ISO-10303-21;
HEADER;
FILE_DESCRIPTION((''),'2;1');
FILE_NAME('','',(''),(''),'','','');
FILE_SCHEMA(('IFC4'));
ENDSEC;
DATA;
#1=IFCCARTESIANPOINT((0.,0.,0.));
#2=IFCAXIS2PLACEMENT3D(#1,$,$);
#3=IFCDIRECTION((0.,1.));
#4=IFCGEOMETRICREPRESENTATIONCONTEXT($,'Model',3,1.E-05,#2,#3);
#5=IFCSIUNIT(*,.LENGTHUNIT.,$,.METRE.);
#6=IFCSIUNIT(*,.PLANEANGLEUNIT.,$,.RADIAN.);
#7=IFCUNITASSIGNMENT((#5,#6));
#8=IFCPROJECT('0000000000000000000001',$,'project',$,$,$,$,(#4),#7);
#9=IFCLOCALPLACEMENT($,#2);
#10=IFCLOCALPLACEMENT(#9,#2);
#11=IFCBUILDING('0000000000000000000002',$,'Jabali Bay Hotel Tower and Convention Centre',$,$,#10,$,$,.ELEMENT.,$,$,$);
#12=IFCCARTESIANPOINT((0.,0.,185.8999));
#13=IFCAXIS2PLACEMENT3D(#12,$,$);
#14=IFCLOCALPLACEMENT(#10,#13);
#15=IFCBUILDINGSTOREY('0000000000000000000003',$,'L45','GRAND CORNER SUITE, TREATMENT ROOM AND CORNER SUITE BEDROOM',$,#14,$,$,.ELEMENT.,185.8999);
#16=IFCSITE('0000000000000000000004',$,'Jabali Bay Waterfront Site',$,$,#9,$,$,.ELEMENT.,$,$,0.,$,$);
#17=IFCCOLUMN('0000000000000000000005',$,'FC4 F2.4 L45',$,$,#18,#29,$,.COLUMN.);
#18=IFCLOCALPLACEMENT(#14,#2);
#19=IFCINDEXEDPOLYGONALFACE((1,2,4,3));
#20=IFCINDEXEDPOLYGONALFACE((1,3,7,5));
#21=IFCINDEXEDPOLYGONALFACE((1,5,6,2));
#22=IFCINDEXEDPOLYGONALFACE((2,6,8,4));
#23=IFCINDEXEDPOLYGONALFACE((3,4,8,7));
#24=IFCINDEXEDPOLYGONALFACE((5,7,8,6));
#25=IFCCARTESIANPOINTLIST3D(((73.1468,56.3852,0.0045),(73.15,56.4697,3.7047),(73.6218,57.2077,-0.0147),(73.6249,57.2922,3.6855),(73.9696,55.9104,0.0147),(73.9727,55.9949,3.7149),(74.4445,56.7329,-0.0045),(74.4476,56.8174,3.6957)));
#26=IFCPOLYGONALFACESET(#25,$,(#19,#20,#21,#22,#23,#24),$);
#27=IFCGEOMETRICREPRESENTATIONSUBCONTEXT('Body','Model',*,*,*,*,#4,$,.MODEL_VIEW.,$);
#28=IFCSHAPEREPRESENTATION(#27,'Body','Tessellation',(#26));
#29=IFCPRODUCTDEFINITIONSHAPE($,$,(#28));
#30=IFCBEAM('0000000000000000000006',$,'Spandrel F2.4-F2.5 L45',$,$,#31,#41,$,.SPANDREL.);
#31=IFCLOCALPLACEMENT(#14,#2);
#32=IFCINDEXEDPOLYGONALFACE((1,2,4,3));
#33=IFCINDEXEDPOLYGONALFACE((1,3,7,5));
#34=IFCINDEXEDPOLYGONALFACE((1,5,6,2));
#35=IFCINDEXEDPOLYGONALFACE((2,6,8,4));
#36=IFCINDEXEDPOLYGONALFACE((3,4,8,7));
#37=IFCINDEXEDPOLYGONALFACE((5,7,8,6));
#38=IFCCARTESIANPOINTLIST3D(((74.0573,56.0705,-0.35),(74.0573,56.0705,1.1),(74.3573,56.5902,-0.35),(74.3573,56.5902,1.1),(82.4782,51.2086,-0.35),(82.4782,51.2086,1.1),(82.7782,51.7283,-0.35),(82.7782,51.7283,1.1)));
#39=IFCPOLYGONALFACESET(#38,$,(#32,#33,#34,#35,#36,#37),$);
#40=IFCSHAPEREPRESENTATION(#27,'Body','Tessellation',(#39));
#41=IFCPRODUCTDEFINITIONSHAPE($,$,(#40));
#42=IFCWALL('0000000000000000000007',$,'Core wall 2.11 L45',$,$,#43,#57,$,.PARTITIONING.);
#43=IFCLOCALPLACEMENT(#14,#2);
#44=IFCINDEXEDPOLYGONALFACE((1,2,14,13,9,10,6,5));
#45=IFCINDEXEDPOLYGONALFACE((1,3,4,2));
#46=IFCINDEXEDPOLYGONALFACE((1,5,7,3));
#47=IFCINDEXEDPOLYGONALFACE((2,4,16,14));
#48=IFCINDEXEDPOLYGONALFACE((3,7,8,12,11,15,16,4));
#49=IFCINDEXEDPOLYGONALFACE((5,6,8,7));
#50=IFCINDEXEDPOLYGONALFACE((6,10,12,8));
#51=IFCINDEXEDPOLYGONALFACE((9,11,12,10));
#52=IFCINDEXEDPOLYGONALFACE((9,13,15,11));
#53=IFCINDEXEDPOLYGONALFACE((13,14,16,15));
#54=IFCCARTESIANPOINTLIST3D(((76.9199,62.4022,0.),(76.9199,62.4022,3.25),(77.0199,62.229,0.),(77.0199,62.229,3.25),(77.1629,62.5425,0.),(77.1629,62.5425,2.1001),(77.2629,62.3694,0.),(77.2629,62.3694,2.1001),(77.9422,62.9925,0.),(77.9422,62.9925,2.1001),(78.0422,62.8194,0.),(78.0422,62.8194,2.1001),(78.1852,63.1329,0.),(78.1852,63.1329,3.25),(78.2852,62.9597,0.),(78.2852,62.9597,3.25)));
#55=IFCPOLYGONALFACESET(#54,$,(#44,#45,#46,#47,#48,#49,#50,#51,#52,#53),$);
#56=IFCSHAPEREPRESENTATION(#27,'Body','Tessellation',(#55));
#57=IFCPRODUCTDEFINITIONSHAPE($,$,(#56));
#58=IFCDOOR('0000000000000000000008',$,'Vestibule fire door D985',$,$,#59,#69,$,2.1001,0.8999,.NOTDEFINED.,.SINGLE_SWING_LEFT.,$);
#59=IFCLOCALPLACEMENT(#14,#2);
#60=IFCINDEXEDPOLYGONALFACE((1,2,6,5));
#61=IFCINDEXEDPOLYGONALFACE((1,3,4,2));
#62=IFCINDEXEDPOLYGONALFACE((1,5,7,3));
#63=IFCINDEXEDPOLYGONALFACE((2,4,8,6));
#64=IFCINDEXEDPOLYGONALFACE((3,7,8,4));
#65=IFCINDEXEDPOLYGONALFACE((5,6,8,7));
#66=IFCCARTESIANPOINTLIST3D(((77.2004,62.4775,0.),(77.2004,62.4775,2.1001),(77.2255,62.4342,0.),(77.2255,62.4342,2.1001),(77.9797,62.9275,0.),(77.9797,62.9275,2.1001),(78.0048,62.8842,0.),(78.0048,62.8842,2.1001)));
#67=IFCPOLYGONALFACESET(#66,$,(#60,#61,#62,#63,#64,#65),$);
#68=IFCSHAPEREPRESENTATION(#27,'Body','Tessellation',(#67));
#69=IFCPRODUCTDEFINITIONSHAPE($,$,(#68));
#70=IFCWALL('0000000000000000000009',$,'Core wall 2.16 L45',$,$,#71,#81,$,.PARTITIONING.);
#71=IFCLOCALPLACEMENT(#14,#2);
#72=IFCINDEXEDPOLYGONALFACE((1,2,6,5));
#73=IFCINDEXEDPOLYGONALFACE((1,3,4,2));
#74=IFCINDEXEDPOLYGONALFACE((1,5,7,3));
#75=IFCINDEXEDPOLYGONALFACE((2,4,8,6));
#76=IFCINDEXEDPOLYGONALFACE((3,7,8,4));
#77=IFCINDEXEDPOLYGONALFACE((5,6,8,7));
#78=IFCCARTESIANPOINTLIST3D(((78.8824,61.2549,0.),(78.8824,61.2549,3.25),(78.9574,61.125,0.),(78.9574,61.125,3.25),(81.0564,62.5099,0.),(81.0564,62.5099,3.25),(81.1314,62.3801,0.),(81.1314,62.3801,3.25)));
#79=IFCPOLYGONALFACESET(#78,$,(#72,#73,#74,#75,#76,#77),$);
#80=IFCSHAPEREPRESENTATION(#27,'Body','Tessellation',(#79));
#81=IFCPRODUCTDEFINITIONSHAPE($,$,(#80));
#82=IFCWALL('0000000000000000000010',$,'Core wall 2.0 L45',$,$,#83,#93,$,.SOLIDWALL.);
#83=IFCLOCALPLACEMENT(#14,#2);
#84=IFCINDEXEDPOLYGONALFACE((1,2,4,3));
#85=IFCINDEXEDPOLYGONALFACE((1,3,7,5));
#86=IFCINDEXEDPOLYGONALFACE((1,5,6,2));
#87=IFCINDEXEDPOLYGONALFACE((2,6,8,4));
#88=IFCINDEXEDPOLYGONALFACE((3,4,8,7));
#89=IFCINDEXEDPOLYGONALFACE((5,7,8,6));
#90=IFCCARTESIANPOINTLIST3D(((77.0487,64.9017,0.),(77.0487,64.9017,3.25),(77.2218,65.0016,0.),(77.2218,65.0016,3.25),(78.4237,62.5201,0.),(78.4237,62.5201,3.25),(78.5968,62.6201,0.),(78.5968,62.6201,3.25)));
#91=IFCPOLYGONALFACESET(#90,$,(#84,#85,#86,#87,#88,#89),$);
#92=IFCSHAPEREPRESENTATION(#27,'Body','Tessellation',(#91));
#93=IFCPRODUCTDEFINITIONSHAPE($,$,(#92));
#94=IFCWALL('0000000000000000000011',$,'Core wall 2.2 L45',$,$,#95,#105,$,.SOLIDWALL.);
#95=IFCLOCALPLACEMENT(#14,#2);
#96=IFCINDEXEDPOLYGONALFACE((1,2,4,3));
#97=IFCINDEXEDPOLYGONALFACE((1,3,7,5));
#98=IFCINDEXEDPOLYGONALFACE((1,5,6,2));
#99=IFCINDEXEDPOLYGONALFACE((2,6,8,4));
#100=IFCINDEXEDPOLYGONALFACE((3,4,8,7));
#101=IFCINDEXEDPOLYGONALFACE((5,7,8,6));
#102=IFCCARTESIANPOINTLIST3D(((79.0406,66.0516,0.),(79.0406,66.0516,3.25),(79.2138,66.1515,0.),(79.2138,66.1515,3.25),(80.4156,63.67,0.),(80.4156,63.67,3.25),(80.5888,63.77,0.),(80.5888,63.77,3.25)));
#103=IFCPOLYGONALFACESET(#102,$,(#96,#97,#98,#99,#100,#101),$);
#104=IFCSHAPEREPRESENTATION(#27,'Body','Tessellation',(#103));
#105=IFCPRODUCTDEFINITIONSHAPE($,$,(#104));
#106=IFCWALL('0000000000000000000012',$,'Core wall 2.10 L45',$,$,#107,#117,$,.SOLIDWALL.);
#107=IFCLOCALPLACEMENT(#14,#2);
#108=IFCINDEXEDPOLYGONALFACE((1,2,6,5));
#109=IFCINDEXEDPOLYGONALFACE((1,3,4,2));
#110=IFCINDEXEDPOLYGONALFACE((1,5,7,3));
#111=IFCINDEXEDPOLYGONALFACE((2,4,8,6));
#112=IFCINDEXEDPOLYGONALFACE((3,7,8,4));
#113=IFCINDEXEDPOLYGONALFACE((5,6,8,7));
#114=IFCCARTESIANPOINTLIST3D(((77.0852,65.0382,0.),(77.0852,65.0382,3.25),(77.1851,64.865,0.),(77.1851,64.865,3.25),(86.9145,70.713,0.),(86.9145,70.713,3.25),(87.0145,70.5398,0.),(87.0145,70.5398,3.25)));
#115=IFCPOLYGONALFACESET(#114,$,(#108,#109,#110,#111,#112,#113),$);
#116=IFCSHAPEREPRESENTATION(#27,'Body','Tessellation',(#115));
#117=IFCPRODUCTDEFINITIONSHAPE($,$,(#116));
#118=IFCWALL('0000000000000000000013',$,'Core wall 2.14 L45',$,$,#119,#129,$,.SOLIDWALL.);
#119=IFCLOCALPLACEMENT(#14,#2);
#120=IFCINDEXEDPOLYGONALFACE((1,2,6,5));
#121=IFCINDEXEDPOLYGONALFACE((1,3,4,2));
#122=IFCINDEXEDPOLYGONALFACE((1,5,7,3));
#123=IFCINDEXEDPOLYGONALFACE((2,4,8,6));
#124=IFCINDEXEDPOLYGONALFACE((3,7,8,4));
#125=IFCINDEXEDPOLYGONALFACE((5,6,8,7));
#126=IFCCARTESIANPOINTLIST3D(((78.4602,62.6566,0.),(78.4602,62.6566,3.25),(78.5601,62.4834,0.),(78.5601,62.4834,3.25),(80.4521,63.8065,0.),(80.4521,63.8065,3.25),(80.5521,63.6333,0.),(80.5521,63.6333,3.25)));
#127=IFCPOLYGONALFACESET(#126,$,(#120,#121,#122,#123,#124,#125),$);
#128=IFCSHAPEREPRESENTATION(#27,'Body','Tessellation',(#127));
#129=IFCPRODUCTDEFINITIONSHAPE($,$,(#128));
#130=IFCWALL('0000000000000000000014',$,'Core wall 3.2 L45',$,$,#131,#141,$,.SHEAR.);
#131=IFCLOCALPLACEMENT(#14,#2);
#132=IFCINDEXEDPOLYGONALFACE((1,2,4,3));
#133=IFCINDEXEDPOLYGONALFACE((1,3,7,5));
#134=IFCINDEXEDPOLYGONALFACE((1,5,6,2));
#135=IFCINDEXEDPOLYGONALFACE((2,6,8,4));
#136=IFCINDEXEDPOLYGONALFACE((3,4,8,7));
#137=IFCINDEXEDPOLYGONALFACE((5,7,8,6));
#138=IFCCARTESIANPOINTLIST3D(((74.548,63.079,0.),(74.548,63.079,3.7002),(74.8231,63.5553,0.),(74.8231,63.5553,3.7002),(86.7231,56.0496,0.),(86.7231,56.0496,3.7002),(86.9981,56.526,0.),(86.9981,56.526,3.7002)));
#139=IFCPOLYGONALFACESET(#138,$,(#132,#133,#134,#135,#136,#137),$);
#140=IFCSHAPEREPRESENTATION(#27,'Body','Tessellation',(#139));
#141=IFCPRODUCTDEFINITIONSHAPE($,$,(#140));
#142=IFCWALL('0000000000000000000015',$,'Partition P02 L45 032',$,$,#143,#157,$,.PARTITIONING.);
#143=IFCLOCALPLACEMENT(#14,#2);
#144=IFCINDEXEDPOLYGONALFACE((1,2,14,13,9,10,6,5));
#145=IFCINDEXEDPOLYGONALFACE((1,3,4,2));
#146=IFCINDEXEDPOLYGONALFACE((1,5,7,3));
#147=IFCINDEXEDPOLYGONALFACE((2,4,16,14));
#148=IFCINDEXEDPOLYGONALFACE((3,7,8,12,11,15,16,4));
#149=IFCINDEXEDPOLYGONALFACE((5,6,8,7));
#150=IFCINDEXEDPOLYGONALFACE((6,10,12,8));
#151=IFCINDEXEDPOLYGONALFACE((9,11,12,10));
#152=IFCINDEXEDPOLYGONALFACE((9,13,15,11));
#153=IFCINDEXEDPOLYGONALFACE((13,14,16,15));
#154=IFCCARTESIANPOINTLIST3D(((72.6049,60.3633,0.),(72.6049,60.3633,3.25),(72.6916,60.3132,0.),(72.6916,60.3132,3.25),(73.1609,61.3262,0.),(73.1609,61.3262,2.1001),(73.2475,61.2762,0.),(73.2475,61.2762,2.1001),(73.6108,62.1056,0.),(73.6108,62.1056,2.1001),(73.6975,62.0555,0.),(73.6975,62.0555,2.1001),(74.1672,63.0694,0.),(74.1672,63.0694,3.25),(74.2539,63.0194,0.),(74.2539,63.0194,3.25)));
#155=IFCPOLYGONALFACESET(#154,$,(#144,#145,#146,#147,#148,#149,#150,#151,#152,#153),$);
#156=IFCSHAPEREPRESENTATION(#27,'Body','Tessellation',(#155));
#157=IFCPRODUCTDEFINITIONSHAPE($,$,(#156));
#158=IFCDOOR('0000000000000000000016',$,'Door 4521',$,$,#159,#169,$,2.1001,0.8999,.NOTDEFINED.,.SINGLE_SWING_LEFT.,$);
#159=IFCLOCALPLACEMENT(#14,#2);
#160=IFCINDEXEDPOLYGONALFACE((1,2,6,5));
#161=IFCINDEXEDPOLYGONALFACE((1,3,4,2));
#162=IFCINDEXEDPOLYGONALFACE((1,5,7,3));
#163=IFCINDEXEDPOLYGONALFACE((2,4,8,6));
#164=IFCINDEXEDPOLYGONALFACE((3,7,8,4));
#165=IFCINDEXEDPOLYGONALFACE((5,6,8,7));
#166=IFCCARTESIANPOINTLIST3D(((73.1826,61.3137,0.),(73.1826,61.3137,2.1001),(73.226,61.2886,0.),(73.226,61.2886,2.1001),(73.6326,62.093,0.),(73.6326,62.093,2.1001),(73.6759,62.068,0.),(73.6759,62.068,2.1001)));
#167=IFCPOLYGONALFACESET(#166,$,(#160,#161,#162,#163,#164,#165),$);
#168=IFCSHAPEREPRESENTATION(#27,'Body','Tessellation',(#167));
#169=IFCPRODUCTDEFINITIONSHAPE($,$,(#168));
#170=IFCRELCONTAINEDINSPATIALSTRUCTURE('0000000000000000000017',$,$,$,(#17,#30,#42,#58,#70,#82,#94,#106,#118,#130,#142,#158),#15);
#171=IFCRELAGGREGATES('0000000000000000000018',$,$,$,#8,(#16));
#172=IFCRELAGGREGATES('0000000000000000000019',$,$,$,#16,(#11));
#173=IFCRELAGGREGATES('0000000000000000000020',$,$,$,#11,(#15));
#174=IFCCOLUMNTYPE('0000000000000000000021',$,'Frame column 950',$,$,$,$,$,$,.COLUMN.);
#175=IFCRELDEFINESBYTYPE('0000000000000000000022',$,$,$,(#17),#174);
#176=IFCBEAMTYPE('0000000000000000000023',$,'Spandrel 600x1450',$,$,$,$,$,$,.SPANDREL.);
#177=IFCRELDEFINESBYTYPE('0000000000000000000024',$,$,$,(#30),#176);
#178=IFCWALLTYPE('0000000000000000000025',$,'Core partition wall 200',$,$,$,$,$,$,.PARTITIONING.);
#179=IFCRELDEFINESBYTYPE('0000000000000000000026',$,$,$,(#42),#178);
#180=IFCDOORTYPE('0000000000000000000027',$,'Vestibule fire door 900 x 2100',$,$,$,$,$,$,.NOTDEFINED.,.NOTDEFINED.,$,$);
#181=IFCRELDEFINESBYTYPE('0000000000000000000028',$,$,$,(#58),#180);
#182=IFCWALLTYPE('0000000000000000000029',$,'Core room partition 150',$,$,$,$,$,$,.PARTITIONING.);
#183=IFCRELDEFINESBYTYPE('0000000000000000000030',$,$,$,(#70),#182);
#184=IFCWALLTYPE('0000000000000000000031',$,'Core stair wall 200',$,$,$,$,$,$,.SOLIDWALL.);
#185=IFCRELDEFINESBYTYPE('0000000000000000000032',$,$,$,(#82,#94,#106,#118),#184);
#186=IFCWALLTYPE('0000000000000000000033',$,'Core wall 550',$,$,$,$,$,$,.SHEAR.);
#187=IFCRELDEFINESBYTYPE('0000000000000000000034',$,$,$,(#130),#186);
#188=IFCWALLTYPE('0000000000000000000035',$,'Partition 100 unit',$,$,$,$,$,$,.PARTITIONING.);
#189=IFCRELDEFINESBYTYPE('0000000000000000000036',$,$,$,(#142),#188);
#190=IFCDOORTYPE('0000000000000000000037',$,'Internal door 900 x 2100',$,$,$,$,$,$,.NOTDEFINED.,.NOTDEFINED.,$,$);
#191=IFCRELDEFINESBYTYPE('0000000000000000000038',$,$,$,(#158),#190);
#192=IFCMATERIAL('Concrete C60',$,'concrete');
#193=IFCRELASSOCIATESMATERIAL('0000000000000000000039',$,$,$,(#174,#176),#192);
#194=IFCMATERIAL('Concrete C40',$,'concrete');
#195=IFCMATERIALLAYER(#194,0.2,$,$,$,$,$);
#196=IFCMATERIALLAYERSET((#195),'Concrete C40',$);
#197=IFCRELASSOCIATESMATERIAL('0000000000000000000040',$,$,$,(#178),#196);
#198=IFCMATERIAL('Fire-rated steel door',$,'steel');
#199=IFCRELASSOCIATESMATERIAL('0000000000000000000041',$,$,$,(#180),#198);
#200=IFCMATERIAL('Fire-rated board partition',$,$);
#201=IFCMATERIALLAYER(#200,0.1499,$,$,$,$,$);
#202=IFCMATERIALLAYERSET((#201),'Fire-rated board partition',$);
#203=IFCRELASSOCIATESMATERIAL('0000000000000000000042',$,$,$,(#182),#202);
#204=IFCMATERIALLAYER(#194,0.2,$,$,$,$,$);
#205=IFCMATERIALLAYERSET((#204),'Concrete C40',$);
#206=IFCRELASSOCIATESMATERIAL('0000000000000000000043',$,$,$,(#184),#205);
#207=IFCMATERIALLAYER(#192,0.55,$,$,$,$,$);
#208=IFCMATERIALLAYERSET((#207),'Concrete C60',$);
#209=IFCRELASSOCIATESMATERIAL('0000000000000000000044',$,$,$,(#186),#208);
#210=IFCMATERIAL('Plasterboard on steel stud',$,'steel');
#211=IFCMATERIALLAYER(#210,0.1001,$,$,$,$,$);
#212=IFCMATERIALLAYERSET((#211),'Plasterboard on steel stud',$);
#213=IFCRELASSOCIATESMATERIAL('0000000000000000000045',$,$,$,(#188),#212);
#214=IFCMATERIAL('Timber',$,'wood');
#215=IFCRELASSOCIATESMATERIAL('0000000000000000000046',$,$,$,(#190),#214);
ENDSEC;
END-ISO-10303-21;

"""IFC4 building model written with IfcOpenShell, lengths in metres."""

from ifc_helpers import new_model, si_unit, direction, frame, frame_2d, origin, origin_2d, place, context, subcontext, project, spatial, rectangle, extrude, material, layer, layer_set, material_profile, profile_set, type_object, element, fill, save


model = new_model("IFC4")

# Units and contexts
model_context = context("Model", 3, precision=1e-05, world=origin(), true_north=direction((0.0, 1.0)))
body_context = subcontext(model_context, "Body", "Model", "MODEL_VIEW")
ifc_project = project(units=[si_unit("LENGTHUNIT", "METRE"), si_unit("PLANEANGLEUNIT", "RADIAN")], contexts=[model_context])

# Site, building, storey
site_placement = place(None, origin())
site = spatial("IfcSite", under=ifc_project, at=site_placement, Name="Jabali Bay Waterfront Site", CompositionType="ELEMENT", RefElevation=0.0)
building_placement = place(site_placement, origin())
building = spatial("IfcBuilding", under=site, at=building_placement, Name="Jabali Bay Hotel Tower and Convention Centre", CompositionType="ELEMENT")
storey_placement = place(building_placement, frame((0.0, 0.0, 185.8999)))
storey = spatial("IfcBuildingStorey", under=building, at=storey_placement, Name="L45", Description="GRAND CORNER SUITE, TREATMENT ROOM AND CORNER SUITE BEDROOM", CompositionType="ELEMENT", Elevation=185.8999)

# Column
ifc_material_1 = material(Name="Concrete C60", Category="concrete")
ifc_material_profile_1 = material_profile(ifc_material_1, rectangle(XDim=0.95, YDim=0.95, at=origin_2d()), Name="Frame column 950")
ifc_profile_set_1 = profile_set([ifc_material_profile_1], Name="Concrete C60")
column_type = type_object("IfcColumnType", Name="Frame column 950", PredefinedType="COLUMN", material=ifc_profile_set_1)
column_placement = place(storey_placement, frame((73.7957, 56.5591, 0.0), z_axis=(0.000858, 0.022823, 0.999739), x_axis=(-0.499939, -0.865825, 0.020195)))
element("IfcColumn", 1, at=column_placement, inside=storey, type_object=column_type, Name="FC4 F2.4 L45", PredefinedType="COLUMN", context=body_context, shape_type="SweptSolid", body=[
    extrude(rectangle(XDim=0.95, YDim=0.95, at=origin_2d()), origin(), (0.0, 0.0, 1.0), 3.7012),
])

# Beam
ifc_material_profile_2 = material_profile(ifc_material_1, rectangle(XDim=0.6001, YDim=1.45, at=origin_2d()), Name="Spandrel 600x1450")
ifc_profile_set_2 = profile_set([ifc_material_profile_2], Name="Concrete C60")
beam_type = type_object("IfcBeamType", Name="Spandrel 600x1450", PredefinedType="SPANDREL", material=ifc_profile_set_2)
beam_placement = place(storey_placement, frame((74.2073, 56.3303, 0.375), z_axis=(0.866025, -0.500001, 0.0), x_axis=(0.500001, 0.866025, 0.0)))
element("IfcBeam", 2, at=beam_placement, inside=storey, type_object=beam_type, Name="Spandrel F2.4-F2.5 L45", PredefinedType="SPANDREL", context=body_context, shape_type="SweptSolid", body=[
    extrude(rectangle(XDim=0.6001, YDim=1.45, at=origin_2d()), origin(), (0.0, 0.0, 1.0), 9.7236),
])

# Wall, opening, door
ifc_material_2 = material(Name="Concrete C40", Category="concrete")
ifc_layer_1 = layer(ifc_material_2, 0.2)
ifc_layer_set_1 = layer_set([ifc_layer_1], Name="Concrete C40")
wall_type_1 = type_object("IfcWallType", Name="Core partition wall 200", PredefinedType="PARTITIONING", material=ifc_layer_set_1)
wall_1_placement = place(storey_placement, frame((76.97, 62.3157, 0.0), z_axis=(0.0, 0.0, 1.0), x_axis=(0.865982, 0.500074, 0.0)))
wall_1 = element("IfcWall", 3, at=wall_1_placement, inside=storey, type_object=wall_type_1, Name="Core wall 2.11 L45", PredefinedType="PARTITIONING", context=body_context, shape_type="SweptSolid", body=[
    extrude(rectangle(XDim=1.4612, YDim=0.2, at=frame_2d((0.7305, 0.0))), origin(), (0.0, 0.0, 1.0), 3.25),
])
opening_1_placement = place(wall_1_placement, frame((0.2805, 0.0, 0.0)))
opening_1 = element("IfcOpeningElement", 4, at=opening_1_placement, cuts=wall_1, PredefinedType="OPENING", context=body_context, shape_type="SweptSolid", body=[
    extrude(rectangle(XDim=0.8999, YDim=2.1001, at=frame_2d((0.45, 1.05))), frame((0.0, 0.1104, 0.0), z_axis=(0.0, -1.0, 0.0), x_axis=(1.0, 0.0, 0.0)), (0.0, 0.0, 1.0), 0.2209),
])
ifc_material_3 = material(Name="Fire-rated steel door", Category="steel")
door_type_1 = type_object("IfcDoorType", Name="Vestibule fire door 900 x 2100", OperationType="NOTDEFINED", PredefinedType="NOTDEFINED", material=ifc_material_3)
door_1_placement = place(opening_1_placement, origin())
door_1 = element("IfcDoor", 5, at=door_1_placement, inside=storey, type_object=door_type_1, Name="Vestibule fire door D985", OperationType="SINGLE_SWING_LEFT", OverallHeight=2.1001, OverallWidth=0.8999, PredefinedType="NOTDEFINED", context=body_context, shape_type="SweptSolid", body=[
    extrude(rectangle(XDim=0.8999, YDim=2.1001, at=frame_2d((0.45, 1.05))), frame((0.0, 0.0249, 0.0), z_axis=(0.0, -1.0, 0.0), x_axis=(1.0, 0.0, 0.0)), (0.0, 0.0, 1.0), 0.05),
])
fill(opening_1, door_1)

# Walls
ifc_material_4 = material(Name="Fire-rated board partition")
ifc_layer_2 = layer(ifc_material_4, 0.1499)
ifc_layer_set_2 = layer_set([ifc_layer_2], Name="Fire-rated board partition")
wall_type_2 = type_object("IfcWallType", Name="Core room partition 150", PredefinedType="PARTITIONING", material=ifc_layer_set_2)
wall_2_placement = place(storey_placement, frame((78.9199, 61.1899, 0.0), z_axis=(0.0, 0.0, 1.0), x_axis=(0.866038, 0.499978, 0.0)))
element("IfcWall", 6, at=wall_2_placement, inside=storey, type_object=wall_type_2, Name="Core wall 2.16 L45", PredefinedType="PARTITIONING", context=body_context, shape_type="SweptSolid", body=[
    extrude(rectangle(XDim=2.5103, YDim=0.1499, at=frame_2d((1.2551, 0.0))), origin(), (0.0, 0.0, 1.0), 3.25),
])
ifc_layer_3 = layer(ifc_material_2, 0.2)
ifc_layer_set_3 = layer_set([ifc_layer_3], Name="Concrete C40")
wall_type_3 = type_object("IfcWallType", Name="Core stair wall 200", PredefinedType="SOLIDWALL", material=ifc_layer_set_3)
for number, where, z_axis, x_axis, name in (
    (7, (77.1353, 64.9517, 0.0), (0.0, 0.0, 1.0), (0.499997, -0.866027, 0.0), "Core wall 2.0 L45"),
    (8, (79.1272, 66.1016, 0.0), (0.0, 0.0, 1.0), (0.499997, -0.866027, 0.0), "Core wall 2.2 L45"),
):
    element("IfcWall", number, at=place(storey_placement, frame(where, z_axis=z_axis, x_axis=x_axis)), inside=storey, type_object=wall_type_3, Name=name, PredefinedType="SOLIDWALL", context=body_context, shape_type="SweptSolid", body=[
        extrude(rectangle(XDim=2.75, YDim=0.2, at=frame_2d((1.375, 0.0))), origin(), (0.0, 0.0, 1.0), 3.25),
    ])
wall_3_placement = place(storey_placement, frame((77.1353, 64.9517, 0.0), z_axis=(0.0, 0.0, 1.0), x_axis=(0.866032, 0.499989, 0.0)))
element("IfcWall", 9, at=wall_3_placement, inside=storey, type_object=wall_type_3, Name="Core wall 2.10 L45", PredefinedType="SOLIDWALL", context=body_context, shape_type="SweptSolid", body=[
    extrude(rectangle(XDim=11.3499, YDim=0.2, at=frame_2d((5.6748, 0.0))), origin(), (0.0, 0.0, 1.0), 3.25),
])
wall_4_placement = place(storey_placement, frame((78.5103, 62.5701, 0.0), z_axis=(0.0, 0.0, 1.0), x_axis=(0.866053, 0.499952, 0.0)))
element("IfcWall", 10, at=wall_4_placement, inside=storey, type_object=wall_type_3, Name="Core wall 2.14 L45", PredefinedType="SOLIDWALL", context=body_context, shape_type="SweptSolid", body=[
    extrude(rectangle(XDim=2.3, YDim=0.2, at=frame_2d((1.1499, 0.0))), origin(), (0.0, 0.0, 1.0), 3.25),
])
ifc_layer_4 = layer(ifc_material_1, 0.55)
ifc_layer_set_4 = layer_set([ifc_layer_4], Name="Concrete C60")
wall_type_4 = type_object("IfcWallType", Name="Core wall 550", PredefinedType="SHEAR", material=ifc_layer_set_4)
wall_5_placement = place(storey_placement, frame((74.6855, 63.3171, 0.0), z_axis=(0.0, 0.0, 1.0), x_axis=(0.866025, -0.500002, 0.0)))
element("IfcWall", 11, at=wall_5_placement, inside=storey, type_object=wall_type_4, Name="Core wall 3.2 L45", PredefinedType="SHEAR", context=body_context, shape_type="SweptSolid", body=[
    extrude(rectangle(XDim=14.0586, YDim=0.55, at=frame_2d((7.0293, 0.0))), origin(), (0.0, 0.0, 1.0), 3.7002),
])

# Wall, opening, door
ifc_material_5 = material(Name="Plasterboard on steel stud", Category="steel")
ifc_layer_5 = layer(ifc_material_5, 0.1001)
ifc_layer_set_5 = layer_set([ifc_layer_5], Name="Plasterboard on steel stud")
wall_type_5 = type_object("IfcWallType", Name="Partition 100 unit", PredefinedType="PARTITIONING", material=ifc_layer_set_5)
wall_6_placement = place(storey_placement, frame((72.6482, 60.3381, 0.0), z_axis=(0.0, 0.0, 1.0), x_axis=(0.499979, 0.866037, 0.0)))
wall_6 = element("IfcWall", 12, at=wall_6_placement, inside=storey, type_object=wall_type_5, Name="Partition P02 L45 032", PredefinedType="PARTITIONING", context=body_context, shape_type="SweptSolid", body=[
    extrude(rectangle(XDim=3.1248, YDim=0.1001, at=frame_2d((1.5625, 0.0))), origin(), (0.0, 0.0, 1.0), 3.25),
])
opening_2_placement = place(wall_6_placement, frame((1.1121, 0.0, 0.0)))
opening_2 = element("IfcOpeningElement", 13, at=opening_2_placement, cuts=wall_6, PredefinedType="OPENING", context=body_context, shape_type="SweptSolid", body=[
    extrude(rectangle(XDim=0.8999, YDim=2.1001, at=frame_2d((0.45, 1.05))), frame((0.0, 0.0605, 0.0), z_axis=(0.0, -1.0, 0.0), x_axis=(1.0, 0.0, 0.0)), (0.0, 0.0, 1.0), 0.1211),
])
ifc_material_6 = material(Name="Timber", Category="wood")
door_type_2 = type_object("IfcDoorType", Name="Internal door 900 x 2100", OperationType="NOTDEFINED", PredefinedType="NOTDEFINED", material=ifc_material_6)
door_2_placement = place(opening_2_placement, origin())
door_2 = element("IfcDoor", 14, at=door_2_placement, inside=storey, type_object=door_type_2, Name="Door 4521", OperationType="SINGLE_SWING_LEFT", OverallHeight=2.1001, OverallWidth=0.8999, PredefinedType="NOTDEFINED", context=body_context, shape_type="SweptSolid", body=[
    extrude(rectangle(XDim=0.8999, YDim=2.1001, at=frame_2d((0.45, 1.05))), frame((0.0, 0.0249, 0.0), z_axis=(0.0, -1.0, 0.0), x_axis=(1.0, 0.0, 0.0)), (0.0, 0.0, 1.0), 0.05),
])
fill(opening_2, door_2)

save(model, "model.ifc")
